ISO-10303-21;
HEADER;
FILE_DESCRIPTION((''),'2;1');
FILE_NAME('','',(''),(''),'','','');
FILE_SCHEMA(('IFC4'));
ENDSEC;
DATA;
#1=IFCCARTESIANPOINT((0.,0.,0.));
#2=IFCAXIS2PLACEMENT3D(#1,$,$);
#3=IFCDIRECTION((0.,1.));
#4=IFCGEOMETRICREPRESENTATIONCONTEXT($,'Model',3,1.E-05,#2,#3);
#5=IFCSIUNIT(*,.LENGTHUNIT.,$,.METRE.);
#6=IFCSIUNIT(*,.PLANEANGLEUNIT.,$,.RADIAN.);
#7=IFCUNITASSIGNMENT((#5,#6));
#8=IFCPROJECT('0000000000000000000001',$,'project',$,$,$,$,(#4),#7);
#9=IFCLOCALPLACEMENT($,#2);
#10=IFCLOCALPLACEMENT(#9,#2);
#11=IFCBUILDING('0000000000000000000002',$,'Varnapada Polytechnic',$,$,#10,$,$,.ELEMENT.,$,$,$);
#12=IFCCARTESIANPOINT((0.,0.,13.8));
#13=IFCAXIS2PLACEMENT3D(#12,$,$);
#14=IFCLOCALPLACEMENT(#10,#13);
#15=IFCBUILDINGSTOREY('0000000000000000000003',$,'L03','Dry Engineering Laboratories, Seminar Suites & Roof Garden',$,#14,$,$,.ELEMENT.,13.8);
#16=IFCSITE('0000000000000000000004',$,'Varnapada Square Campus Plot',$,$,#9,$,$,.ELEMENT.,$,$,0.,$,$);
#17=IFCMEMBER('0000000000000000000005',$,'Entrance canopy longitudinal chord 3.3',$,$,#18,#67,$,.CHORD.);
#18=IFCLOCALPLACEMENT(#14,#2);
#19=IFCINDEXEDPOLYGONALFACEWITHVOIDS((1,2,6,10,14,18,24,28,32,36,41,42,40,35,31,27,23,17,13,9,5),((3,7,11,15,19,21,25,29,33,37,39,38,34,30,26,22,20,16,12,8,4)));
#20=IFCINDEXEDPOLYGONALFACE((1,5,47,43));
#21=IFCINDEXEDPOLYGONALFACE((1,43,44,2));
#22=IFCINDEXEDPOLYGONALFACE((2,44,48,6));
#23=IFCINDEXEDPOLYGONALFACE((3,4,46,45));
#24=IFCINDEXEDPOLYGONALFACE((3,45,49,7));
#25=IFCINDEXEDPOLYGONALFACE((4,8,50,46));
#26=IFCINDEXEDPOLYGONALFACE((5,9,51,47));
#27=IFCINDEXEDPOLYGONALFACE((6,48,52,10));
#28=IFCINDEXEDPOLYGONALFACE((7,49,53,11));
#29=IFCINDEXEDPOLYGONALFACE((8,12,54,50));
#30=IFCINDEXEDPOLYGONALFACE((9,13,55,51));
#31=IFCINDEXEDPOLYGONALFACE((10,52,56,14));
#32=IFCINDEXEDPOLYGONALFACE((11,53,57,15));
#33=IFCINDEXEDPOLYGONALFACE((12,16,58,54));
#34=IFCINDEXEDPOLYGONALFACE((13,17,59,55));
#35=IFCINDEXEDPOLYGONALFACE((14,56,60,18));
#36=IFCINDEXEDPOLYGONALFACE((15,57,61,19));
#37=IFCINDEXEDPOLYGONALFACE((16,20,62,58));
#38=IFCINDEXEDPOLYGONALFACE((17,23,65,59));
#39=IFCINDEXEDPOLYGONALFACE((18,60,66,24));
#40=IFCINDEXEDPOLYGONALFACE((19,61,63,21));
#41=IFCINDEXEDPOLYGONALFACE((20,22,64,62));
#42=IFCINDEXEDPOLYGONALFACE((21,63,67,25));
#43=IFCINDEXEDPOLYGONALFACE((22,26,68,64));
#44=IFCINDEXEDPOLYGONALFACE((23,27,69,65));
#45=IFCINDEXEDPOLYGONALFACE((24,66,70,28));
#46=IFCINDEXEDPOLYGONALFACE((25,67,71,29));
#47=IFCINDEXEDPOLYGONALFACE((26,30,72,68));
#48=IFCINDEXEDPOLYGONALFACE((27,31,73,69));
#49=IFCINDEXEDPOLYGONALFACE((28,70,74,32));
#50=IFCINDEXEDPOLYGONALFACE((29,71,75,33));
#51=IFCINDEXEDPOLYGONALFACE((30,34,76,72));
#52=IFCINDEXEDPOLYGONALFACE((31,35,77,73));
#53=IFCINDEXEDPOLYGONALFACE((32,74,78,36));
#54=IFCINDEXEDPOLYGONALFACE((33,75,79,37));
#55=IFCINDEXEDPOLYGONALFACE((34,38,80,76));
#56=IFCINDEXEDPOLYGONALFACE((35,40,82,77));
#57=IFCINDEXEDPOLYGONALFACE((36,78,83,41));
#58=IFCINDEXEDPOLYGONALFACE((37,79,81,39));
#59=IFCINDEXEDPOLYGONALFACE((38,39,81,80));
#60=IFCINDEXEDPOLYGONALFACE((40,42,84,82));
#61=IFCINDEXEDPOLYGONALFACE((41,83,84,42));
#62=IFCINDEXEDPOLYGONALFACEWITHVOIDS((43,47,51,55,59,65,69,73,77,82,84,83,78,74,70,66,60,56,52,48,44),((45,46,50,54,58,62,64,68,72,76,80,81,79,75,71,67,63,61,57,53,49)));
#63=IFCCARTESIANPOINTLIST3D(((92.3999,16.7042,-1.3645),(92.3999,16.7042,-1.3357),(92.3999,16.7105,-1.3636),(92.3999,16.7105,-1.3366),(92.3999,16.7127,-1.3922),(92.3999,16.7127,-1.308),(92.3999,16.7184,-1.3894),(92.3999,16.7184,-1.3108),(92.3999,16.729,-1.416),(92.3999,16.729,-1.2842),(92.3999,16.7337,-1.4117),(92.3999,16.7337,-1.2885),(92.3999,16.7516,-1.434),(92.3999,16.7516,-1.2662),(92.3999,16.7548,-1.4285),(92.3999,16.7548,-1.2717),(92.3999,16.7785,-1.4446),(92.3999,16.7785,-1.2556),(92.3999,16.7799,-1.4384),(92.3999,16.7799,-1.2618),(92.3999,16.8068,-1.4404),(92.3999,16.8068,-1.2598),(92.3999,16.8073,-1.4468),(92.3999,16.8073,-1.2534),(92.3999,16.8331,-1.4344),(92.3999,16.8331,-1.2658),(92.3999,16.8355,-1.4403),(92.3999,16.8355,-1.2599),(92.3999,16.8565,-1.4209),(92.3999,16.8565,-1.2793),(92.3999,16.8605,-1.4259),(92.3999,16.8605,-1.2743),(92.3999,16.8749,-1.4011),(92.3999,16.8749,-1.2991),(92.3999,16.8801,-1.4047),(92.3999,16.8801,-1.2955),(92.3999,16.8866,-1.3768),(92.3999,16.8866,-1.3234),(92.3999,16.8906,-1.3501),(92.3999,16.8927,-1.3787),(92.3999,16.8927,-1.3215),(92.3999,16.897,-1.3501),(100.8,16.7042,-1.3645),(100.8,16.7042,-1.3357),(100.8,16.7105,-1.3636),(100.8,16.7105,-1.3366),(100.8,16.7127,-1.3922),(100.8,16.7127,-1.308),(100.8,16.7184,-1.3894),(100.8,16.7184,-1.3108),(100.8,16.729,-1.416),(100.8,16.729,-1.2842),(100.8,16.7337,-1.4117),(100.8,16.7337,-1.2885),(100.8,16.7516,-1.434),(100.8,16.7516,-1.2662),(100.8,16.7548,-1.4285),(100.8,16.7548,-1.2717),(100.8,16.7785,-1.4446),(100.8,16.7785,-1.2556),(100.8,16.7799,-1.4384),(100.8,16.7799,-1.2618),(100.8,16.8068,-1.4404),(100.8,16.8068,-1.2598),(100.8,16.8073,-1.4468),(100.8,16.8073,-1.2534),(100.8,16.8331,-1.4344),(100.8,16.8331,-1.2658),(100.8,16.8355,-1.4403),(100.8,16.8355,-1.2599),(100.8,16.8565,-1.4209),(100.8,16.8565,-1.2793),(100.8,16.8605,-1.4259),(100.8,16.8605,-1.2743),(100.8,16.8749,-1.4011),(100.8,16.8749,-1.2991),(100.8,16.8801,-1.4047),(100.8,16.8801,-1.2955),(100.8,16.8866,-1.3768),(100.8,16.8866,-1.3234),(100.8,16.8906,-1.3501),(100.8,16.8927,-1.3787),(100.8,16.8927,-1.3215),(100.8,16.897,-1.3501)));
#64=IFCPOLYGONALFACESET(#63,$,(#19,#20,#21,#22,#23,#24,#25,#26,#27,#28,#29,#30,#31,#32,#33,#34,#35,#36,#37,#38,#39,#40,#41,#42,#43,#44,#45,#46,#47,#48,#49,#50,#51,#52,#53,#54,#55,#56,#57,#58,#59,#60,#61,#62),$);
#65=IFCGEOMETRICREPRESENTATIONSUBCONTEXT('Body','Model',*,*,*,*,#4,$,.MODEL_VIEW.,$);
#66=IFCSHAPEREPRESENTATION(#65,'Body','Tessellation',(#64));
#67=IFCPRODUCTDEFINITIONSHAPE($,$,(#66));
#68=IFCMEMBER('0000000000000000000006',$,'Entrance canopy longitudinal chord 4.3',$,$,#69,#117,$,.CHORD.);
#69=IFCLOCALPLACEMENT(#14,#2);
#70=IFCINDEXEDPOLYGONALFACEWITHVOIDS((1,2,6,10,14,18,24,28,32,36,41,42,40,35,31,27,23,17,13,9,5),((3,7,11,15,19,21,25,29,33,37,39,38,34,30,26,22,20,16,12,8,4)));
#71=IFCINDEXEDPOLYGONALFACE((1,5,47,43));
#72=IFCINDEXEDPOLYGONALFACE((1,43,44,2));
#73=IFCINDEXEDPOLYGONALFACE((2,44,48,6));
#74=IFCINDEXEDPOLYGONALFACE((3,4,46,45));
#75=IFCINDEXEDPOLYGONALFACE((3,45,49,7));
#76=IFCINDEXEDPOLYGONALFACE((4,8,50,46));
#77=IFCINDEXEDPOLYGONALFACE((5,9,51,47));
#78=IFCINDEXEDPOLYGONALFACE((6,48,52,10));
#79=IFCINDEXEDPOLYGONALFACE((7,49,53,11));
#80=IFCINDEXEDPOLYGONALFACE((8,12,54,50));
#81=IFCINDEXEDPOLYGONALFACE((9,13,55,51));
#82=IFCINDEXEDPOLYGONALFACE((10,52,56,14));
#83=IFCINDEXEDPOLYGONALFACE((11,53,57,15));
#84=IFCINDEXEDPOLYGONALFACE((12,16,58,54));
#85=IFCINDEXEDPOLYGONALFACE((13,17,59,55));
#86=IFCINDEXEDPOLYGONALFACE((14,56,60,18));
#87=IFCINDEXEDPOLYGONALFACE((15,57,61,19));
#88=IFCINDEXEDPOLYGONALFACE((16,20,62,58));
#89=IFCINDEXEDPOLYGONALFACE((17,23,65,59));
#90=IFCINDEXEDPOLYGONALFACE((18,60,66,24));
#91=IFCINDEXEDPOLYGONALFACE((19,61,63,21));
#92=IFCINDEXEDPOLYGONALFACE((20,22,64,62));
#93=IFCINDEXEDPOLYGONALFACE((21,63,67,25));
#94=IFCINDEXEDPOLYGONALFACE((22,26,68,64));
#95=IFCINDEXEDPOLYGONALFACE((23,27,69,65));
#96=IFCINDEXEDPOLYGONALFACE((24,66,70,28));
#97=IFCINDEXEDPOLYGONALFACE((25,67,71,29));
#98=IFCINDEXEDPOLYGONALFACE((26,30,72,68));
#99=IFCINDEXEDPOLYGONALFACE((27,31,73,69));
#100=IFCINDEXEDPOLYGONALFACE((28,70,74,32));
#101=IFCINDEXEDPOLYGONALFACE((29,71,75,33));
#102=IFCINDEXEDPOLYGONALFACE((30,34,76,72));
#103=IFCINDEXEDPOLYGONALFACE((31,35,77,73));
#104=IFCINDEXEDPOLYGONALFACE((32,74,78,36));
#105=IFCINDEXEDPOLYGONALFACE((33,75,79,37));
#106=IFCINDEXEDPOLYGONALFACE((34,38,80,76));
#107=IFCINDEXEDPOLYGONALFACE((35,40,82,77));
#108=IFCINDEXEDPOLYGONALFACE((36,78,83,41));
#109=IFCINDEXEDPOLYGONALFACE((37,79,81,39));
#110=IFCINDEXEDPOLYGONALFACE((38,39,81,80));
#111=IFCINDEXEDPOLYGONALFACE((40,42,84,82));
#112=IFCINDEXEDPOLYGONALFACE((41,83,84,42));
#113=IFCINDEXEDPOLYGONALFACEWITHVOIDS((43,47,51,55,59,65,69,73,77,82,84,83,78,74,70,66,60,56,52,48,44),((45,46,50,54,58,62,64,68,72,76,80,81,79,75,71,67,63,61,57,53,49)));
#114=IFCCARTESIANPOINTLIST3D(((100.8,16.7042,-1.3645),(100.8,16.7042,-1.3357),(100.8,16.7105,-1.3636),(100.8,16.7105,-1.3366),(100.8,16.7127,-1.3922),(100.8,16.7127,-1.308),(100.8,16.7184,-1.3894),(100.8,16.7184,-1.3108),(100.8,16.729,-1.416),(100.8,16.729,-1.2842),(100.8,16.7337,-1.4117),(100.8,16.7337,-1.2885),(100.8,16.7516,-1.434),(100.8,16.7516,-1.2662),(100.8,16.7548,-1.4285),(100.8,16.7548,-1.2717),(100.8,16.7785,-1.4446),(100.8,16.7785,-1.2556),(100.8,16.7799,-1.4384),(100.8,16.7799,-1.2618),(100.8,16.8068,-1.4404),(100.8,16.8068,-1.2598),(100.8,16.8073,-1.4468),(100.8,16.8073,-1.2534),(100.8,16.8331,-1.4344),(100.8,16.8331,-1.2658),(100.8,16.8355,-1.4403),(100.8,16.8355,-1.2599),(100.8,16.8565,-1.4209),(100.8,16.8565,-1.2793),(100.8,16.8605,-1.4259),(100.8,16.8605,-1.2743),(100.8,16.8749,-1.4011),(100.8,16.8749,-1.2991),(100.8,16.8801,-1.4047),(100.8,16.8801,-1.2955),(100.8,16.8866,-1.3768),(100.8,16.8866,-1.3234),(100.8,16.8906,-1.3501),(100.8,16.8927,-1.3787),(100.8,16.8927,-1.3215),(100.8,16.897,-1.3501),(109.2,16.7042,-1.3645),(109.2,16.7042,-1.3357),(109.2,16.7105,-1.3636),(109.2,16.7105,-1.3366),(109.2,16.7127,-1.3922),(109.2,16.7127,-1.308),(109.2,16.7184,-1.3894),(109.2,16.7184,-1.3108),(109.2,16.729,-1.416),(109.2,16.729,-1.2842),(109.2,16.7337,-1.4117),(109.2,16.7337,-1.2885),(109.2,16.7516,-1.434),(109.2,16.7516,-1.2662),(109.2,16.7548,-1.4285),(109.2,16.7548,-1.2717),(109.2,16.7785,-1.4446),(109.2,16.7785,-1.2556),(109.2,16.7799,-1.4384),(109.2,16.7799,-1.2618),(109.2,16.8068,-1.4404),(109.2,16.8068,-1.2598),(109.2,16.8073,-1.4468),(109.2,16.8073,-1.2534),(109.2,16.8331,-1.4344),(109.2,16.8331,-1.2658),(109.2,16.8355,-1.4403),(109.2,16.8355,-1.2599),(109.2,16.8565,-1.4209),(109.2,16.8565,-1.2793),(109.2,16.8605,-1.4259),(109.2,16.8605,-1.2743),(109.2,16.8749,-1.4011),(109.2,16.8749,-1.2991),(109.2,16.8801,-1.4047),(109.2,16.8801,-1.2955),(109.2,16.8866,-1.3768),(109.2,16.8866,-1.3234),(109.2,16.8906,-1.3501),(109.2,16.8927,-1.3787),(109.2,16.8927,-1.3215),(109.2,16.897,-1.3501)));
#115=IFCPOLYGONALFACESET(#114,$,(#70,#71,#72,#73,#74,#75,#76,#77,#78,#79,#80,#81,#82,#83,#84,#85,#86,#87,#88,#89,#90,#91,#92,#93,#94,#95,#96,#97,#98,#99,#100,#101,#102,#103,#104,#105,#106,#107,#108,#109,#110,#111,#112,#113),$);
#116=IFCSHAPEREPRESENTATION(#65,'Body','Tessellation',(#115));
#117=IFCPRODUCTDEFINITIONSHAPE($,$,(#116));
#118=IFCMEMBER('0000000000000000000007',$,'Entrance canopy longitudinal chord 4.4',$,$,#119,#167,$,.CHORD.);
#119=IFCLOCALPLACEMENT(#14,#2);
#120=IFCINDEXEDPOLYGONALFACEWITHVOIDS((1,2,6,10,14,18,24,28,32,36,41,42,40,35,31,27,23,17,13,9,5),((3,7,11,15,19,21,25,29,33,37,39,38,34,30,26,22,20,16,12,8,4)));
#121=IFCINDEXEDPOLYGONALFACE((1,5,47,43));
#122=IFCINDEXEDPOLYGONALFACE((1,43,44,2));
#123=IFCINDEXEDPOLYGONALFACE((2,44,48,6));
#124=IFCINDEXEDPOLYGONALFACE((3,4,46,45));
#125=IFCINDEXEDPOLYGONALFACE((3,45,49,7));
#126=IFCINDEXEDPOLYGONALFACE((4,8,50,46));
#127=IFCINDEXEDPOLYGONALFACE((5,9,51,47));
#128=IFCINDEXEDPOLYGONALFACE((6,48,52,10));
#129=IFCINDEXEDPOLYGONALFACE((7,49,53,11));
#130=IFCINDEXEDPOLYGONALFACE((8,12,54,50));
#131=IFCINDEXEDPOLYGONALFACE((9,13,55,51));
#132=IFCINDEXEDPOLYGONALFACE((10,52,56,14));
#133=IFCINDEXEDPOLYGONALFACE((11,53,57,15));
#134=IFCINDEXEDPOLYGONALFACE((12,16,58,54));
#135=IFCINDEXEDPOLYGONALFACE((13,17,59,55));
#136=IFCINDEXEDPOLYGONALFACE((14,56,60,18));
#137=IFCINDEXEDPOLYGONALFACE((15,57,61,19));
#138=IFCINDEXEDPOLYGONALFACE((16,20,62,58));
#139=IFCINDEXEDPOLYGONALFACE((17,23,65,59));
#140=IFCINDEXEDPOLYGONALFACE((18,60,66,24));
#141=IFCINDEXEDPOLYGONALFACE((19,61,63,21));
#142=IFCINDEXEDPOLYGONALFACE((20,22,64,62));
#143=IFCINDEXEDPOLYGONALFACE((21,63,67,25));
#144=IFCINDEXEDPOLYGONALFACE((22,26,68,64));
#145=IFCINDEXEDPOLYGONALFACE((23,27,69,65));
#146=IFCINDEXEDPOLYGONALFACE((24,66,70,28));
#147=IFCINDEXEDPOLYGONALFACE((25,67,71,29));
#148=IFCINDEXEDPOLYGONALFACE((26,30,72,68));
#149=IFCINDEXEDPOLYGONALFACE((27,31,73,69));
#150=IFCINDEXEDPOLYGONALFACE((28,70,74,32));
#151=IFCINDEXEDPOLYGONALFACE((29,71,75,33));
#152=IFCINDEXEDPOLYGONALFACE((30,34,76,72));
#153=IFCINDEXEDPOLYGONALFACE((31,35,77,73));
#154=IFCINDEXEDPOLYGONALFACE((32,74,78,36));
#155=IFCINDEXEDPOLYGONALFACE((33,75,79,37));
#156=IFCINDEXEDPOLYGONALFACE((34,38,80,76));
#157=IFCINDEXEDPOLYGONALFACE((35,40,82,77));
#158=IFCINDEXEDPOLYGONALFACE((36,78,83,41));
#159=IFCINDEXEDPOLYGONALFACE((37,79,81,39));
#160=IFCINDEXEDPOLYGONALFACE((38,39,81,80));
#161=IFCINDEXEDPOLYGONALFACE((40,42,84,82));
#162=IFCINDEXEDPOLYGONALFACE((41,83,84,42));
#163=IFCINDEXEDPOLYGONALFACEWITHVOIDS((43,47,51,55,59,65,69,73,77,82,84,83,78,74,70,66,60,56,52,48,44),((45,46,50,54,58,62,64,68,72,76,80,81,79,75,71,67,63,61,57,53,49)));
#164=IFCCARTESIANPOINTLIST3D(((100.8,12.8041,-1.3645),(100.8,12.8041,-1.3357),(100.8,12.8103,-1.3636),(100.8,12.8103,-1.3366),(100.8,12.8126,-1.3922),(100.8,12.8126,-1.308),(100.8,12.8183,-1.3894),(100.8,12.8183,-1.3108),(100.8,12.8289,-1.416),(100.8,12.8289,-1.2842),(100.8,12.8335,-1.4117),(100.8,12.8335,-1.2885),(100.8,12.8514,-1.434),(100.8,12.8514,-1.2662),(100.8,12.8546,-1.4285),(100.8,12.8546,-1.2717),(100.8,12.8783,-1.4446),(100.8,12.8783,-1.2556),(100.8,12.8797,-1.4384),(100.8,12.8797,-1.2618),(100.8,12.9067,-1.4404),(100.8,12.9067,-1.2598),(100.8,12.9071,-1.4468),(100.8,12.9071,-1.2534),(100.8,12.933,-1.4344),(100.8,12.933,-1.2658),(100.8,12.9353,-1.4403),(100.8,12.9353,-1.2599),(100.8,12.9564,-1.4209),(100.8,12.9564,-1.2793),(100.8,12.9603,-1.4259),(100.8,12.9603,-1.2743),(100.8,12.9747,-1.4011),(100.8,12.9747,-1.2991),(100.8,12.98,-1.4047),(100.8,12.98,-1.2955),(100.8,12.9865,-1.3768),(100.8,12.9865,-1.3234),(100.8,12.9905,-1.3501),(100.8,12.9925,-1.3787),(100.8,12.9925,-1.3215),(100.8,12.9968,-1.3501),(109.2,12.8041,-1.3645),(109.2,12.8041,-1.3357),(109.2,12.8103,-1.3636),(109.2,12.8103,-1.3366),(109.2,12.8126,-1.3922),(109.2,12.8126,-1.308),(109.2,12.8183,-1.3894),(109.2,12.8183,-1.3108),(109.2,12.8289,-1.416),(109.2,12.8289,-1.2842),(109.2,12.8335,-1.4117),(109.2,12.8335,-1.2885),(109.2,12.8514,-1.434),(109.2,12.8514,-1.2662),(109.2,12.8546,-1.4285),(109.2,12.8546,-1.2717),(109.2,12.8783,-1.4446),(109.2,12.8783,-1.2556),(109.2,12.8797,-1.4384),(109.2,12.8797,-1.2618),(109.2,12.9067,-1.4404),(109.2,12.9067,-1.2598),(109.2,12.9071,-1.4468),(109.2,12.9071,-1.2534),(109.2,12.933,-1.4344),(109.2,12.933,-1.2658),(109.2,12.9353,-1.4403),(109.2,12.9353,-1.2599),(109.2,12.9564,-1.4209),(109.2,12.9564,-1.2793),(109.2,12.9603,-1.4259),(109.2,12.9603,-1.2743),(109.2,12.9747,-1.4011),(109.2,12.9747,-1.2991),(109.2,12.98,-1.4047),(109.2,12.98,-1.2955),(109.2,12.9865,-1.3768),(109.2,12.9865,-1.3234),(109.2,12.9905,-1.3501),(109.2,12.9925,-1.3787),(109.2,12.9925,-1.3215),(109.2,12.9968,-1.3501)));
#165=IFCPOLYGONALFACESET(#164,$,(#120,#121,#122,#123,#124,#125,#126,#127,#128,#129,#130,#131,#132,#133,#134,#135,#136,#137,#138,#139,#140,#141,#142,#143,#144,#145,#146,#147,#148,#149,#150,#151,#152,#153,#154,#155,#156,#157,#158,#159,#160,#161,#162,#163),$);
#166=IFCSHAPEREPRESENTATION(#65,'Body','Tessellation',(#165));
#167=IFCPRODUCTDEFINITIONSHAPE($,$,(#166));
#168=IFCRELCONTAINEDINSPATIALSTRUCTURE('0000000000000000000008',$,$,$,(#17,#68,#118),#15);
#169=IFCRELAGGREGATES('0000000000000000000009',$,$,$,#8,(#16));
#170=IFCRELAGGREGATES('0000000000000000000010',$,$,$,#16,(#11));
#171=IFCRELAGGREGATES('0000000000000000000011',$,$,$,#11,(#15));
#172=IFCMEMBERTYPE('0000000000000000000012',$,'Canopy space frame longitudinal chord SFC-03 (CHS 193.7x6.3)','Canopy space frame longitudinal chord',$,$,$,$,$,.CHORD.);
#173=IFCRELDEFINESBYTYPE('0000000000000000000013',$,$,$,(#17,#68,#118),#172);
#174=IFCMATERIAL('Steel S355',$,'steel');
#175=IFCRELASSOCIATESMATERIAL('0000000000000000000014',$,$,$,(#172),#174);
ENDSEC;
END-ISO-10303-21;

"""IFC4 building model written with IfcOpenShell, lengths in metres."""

from ifc_helpers import new_model, si_unit, direction, frame, origin, origin_2d, place, context, subcontext, project, spatial, hollow_circle, extrude, material, material_profile, profile_set, type_object, element, save


model = new_model("IFC4")

# Units and contexts
model_context = context("Model", 3, precision=1e-05, world=origin(), true_north=direction((0.0, 1.0)))
body_context = subcontext(model_context, "Body", "Model", "MODEL_VIEW")
ifc_project = project(units=[si_unit("LENGTHUNIT", "METRE"), si_unit("PLANEANGLEUNIT", "RADIAN")], contexts=[model_context])

# Site, building, storey
site_placement = place(None, origin())
site = spatial("IfcSite", under=ifc_project, at=site_placement, Name="Varnapada Square Campus Plot", CompositionType="ELEMENT", RefElevation=0.0)
building_placement = place(site_placement, origin())
building = spatial("IfcBuilding", under=site, at=building_placement, Name="Varnapada Polytechnic", CompositionType="ELEMENT")
storey_placement = place(building_placement, frame((0.0, 0.0, 13.8)))
storey = spatial("IfcBuildingStorey", under=building, at=storey_placement, Name="L03", Description="Dry Engineering Laboratories, Seminar Suites & Roof Garden", CompositionType="ELEMENT", Elevation=13.8)

# Members
ifc_material = material(Name="Steel S355", Category="steel")
ifc_material_profile_1 = material_profile(ifc_material, hollow_circle(Radius=0.0969, WallThickness=0.0063, at=origin_2d()), Name="CHS 193.7x6.3")
ifc_profile_set_1 = profile_set([ifc_material_profile_1], Name="Steel S355")
member_type_1 = type_object("IfcMemberType", Name="Canopy space frame longitudinal chord SFC-03 (CHS 193.7x6.3)", Description="Canopy space frame longitudinal chord", PredefinedType="CHORD", material=ifc_profile_set_1)
member_1_placement = place(storey_placement, frame((92.3999, 16.8, -1.3501), z_axis=(1.0, 0.0, 0.0), x_axis=(0.0, 1.0, 0.0)))
element("IfcMember", 1, at=member_1_placement, inside=storey, type_object=member_type_1, Name="Entrance canopy longitudinal chord 3.3", PredefinedType="CHORD", context=body_context, shape_type="SweptSolid", body=[
    extrude(hollow_circle(Radius=0.0969, WallThickness=0.0063, at=origin_2d()), origin(), (0.0, 0.0, 1.0), 8.4001),
])
for number, where, z_axis, x_axis, name in (
    (2, (100.8, 16.8, -1.3501), (1.0, 0.0, 0.0), (0.0, 1.0, 0.0), "Entrance canopy longitudinal chord 4.3"),
    (3, (100.8, 12.8999, -1.3501), (1.0, 0.0, 0.0), (0.0, 1.0, 0.0), "Entrance canopy longitudinal chord 4.4"),
):
    element("IfcMember", number, at=place(storey_placement, frame(where, z_axis=z_axis, x_axis=x_axis)), inside=storey, type_object=member_type_1, Name=name, PredefinedType="CHORD", context=body_context, shape_type="SweptSolid", body=[
        extrude(hollow_circle(Radius=0.0969, WallThickness=0.0063, at=origin_2d()), origin(), (0.0, 0.0, 1.0), 8.3999),
    ])

save(model, "model.ifc")
